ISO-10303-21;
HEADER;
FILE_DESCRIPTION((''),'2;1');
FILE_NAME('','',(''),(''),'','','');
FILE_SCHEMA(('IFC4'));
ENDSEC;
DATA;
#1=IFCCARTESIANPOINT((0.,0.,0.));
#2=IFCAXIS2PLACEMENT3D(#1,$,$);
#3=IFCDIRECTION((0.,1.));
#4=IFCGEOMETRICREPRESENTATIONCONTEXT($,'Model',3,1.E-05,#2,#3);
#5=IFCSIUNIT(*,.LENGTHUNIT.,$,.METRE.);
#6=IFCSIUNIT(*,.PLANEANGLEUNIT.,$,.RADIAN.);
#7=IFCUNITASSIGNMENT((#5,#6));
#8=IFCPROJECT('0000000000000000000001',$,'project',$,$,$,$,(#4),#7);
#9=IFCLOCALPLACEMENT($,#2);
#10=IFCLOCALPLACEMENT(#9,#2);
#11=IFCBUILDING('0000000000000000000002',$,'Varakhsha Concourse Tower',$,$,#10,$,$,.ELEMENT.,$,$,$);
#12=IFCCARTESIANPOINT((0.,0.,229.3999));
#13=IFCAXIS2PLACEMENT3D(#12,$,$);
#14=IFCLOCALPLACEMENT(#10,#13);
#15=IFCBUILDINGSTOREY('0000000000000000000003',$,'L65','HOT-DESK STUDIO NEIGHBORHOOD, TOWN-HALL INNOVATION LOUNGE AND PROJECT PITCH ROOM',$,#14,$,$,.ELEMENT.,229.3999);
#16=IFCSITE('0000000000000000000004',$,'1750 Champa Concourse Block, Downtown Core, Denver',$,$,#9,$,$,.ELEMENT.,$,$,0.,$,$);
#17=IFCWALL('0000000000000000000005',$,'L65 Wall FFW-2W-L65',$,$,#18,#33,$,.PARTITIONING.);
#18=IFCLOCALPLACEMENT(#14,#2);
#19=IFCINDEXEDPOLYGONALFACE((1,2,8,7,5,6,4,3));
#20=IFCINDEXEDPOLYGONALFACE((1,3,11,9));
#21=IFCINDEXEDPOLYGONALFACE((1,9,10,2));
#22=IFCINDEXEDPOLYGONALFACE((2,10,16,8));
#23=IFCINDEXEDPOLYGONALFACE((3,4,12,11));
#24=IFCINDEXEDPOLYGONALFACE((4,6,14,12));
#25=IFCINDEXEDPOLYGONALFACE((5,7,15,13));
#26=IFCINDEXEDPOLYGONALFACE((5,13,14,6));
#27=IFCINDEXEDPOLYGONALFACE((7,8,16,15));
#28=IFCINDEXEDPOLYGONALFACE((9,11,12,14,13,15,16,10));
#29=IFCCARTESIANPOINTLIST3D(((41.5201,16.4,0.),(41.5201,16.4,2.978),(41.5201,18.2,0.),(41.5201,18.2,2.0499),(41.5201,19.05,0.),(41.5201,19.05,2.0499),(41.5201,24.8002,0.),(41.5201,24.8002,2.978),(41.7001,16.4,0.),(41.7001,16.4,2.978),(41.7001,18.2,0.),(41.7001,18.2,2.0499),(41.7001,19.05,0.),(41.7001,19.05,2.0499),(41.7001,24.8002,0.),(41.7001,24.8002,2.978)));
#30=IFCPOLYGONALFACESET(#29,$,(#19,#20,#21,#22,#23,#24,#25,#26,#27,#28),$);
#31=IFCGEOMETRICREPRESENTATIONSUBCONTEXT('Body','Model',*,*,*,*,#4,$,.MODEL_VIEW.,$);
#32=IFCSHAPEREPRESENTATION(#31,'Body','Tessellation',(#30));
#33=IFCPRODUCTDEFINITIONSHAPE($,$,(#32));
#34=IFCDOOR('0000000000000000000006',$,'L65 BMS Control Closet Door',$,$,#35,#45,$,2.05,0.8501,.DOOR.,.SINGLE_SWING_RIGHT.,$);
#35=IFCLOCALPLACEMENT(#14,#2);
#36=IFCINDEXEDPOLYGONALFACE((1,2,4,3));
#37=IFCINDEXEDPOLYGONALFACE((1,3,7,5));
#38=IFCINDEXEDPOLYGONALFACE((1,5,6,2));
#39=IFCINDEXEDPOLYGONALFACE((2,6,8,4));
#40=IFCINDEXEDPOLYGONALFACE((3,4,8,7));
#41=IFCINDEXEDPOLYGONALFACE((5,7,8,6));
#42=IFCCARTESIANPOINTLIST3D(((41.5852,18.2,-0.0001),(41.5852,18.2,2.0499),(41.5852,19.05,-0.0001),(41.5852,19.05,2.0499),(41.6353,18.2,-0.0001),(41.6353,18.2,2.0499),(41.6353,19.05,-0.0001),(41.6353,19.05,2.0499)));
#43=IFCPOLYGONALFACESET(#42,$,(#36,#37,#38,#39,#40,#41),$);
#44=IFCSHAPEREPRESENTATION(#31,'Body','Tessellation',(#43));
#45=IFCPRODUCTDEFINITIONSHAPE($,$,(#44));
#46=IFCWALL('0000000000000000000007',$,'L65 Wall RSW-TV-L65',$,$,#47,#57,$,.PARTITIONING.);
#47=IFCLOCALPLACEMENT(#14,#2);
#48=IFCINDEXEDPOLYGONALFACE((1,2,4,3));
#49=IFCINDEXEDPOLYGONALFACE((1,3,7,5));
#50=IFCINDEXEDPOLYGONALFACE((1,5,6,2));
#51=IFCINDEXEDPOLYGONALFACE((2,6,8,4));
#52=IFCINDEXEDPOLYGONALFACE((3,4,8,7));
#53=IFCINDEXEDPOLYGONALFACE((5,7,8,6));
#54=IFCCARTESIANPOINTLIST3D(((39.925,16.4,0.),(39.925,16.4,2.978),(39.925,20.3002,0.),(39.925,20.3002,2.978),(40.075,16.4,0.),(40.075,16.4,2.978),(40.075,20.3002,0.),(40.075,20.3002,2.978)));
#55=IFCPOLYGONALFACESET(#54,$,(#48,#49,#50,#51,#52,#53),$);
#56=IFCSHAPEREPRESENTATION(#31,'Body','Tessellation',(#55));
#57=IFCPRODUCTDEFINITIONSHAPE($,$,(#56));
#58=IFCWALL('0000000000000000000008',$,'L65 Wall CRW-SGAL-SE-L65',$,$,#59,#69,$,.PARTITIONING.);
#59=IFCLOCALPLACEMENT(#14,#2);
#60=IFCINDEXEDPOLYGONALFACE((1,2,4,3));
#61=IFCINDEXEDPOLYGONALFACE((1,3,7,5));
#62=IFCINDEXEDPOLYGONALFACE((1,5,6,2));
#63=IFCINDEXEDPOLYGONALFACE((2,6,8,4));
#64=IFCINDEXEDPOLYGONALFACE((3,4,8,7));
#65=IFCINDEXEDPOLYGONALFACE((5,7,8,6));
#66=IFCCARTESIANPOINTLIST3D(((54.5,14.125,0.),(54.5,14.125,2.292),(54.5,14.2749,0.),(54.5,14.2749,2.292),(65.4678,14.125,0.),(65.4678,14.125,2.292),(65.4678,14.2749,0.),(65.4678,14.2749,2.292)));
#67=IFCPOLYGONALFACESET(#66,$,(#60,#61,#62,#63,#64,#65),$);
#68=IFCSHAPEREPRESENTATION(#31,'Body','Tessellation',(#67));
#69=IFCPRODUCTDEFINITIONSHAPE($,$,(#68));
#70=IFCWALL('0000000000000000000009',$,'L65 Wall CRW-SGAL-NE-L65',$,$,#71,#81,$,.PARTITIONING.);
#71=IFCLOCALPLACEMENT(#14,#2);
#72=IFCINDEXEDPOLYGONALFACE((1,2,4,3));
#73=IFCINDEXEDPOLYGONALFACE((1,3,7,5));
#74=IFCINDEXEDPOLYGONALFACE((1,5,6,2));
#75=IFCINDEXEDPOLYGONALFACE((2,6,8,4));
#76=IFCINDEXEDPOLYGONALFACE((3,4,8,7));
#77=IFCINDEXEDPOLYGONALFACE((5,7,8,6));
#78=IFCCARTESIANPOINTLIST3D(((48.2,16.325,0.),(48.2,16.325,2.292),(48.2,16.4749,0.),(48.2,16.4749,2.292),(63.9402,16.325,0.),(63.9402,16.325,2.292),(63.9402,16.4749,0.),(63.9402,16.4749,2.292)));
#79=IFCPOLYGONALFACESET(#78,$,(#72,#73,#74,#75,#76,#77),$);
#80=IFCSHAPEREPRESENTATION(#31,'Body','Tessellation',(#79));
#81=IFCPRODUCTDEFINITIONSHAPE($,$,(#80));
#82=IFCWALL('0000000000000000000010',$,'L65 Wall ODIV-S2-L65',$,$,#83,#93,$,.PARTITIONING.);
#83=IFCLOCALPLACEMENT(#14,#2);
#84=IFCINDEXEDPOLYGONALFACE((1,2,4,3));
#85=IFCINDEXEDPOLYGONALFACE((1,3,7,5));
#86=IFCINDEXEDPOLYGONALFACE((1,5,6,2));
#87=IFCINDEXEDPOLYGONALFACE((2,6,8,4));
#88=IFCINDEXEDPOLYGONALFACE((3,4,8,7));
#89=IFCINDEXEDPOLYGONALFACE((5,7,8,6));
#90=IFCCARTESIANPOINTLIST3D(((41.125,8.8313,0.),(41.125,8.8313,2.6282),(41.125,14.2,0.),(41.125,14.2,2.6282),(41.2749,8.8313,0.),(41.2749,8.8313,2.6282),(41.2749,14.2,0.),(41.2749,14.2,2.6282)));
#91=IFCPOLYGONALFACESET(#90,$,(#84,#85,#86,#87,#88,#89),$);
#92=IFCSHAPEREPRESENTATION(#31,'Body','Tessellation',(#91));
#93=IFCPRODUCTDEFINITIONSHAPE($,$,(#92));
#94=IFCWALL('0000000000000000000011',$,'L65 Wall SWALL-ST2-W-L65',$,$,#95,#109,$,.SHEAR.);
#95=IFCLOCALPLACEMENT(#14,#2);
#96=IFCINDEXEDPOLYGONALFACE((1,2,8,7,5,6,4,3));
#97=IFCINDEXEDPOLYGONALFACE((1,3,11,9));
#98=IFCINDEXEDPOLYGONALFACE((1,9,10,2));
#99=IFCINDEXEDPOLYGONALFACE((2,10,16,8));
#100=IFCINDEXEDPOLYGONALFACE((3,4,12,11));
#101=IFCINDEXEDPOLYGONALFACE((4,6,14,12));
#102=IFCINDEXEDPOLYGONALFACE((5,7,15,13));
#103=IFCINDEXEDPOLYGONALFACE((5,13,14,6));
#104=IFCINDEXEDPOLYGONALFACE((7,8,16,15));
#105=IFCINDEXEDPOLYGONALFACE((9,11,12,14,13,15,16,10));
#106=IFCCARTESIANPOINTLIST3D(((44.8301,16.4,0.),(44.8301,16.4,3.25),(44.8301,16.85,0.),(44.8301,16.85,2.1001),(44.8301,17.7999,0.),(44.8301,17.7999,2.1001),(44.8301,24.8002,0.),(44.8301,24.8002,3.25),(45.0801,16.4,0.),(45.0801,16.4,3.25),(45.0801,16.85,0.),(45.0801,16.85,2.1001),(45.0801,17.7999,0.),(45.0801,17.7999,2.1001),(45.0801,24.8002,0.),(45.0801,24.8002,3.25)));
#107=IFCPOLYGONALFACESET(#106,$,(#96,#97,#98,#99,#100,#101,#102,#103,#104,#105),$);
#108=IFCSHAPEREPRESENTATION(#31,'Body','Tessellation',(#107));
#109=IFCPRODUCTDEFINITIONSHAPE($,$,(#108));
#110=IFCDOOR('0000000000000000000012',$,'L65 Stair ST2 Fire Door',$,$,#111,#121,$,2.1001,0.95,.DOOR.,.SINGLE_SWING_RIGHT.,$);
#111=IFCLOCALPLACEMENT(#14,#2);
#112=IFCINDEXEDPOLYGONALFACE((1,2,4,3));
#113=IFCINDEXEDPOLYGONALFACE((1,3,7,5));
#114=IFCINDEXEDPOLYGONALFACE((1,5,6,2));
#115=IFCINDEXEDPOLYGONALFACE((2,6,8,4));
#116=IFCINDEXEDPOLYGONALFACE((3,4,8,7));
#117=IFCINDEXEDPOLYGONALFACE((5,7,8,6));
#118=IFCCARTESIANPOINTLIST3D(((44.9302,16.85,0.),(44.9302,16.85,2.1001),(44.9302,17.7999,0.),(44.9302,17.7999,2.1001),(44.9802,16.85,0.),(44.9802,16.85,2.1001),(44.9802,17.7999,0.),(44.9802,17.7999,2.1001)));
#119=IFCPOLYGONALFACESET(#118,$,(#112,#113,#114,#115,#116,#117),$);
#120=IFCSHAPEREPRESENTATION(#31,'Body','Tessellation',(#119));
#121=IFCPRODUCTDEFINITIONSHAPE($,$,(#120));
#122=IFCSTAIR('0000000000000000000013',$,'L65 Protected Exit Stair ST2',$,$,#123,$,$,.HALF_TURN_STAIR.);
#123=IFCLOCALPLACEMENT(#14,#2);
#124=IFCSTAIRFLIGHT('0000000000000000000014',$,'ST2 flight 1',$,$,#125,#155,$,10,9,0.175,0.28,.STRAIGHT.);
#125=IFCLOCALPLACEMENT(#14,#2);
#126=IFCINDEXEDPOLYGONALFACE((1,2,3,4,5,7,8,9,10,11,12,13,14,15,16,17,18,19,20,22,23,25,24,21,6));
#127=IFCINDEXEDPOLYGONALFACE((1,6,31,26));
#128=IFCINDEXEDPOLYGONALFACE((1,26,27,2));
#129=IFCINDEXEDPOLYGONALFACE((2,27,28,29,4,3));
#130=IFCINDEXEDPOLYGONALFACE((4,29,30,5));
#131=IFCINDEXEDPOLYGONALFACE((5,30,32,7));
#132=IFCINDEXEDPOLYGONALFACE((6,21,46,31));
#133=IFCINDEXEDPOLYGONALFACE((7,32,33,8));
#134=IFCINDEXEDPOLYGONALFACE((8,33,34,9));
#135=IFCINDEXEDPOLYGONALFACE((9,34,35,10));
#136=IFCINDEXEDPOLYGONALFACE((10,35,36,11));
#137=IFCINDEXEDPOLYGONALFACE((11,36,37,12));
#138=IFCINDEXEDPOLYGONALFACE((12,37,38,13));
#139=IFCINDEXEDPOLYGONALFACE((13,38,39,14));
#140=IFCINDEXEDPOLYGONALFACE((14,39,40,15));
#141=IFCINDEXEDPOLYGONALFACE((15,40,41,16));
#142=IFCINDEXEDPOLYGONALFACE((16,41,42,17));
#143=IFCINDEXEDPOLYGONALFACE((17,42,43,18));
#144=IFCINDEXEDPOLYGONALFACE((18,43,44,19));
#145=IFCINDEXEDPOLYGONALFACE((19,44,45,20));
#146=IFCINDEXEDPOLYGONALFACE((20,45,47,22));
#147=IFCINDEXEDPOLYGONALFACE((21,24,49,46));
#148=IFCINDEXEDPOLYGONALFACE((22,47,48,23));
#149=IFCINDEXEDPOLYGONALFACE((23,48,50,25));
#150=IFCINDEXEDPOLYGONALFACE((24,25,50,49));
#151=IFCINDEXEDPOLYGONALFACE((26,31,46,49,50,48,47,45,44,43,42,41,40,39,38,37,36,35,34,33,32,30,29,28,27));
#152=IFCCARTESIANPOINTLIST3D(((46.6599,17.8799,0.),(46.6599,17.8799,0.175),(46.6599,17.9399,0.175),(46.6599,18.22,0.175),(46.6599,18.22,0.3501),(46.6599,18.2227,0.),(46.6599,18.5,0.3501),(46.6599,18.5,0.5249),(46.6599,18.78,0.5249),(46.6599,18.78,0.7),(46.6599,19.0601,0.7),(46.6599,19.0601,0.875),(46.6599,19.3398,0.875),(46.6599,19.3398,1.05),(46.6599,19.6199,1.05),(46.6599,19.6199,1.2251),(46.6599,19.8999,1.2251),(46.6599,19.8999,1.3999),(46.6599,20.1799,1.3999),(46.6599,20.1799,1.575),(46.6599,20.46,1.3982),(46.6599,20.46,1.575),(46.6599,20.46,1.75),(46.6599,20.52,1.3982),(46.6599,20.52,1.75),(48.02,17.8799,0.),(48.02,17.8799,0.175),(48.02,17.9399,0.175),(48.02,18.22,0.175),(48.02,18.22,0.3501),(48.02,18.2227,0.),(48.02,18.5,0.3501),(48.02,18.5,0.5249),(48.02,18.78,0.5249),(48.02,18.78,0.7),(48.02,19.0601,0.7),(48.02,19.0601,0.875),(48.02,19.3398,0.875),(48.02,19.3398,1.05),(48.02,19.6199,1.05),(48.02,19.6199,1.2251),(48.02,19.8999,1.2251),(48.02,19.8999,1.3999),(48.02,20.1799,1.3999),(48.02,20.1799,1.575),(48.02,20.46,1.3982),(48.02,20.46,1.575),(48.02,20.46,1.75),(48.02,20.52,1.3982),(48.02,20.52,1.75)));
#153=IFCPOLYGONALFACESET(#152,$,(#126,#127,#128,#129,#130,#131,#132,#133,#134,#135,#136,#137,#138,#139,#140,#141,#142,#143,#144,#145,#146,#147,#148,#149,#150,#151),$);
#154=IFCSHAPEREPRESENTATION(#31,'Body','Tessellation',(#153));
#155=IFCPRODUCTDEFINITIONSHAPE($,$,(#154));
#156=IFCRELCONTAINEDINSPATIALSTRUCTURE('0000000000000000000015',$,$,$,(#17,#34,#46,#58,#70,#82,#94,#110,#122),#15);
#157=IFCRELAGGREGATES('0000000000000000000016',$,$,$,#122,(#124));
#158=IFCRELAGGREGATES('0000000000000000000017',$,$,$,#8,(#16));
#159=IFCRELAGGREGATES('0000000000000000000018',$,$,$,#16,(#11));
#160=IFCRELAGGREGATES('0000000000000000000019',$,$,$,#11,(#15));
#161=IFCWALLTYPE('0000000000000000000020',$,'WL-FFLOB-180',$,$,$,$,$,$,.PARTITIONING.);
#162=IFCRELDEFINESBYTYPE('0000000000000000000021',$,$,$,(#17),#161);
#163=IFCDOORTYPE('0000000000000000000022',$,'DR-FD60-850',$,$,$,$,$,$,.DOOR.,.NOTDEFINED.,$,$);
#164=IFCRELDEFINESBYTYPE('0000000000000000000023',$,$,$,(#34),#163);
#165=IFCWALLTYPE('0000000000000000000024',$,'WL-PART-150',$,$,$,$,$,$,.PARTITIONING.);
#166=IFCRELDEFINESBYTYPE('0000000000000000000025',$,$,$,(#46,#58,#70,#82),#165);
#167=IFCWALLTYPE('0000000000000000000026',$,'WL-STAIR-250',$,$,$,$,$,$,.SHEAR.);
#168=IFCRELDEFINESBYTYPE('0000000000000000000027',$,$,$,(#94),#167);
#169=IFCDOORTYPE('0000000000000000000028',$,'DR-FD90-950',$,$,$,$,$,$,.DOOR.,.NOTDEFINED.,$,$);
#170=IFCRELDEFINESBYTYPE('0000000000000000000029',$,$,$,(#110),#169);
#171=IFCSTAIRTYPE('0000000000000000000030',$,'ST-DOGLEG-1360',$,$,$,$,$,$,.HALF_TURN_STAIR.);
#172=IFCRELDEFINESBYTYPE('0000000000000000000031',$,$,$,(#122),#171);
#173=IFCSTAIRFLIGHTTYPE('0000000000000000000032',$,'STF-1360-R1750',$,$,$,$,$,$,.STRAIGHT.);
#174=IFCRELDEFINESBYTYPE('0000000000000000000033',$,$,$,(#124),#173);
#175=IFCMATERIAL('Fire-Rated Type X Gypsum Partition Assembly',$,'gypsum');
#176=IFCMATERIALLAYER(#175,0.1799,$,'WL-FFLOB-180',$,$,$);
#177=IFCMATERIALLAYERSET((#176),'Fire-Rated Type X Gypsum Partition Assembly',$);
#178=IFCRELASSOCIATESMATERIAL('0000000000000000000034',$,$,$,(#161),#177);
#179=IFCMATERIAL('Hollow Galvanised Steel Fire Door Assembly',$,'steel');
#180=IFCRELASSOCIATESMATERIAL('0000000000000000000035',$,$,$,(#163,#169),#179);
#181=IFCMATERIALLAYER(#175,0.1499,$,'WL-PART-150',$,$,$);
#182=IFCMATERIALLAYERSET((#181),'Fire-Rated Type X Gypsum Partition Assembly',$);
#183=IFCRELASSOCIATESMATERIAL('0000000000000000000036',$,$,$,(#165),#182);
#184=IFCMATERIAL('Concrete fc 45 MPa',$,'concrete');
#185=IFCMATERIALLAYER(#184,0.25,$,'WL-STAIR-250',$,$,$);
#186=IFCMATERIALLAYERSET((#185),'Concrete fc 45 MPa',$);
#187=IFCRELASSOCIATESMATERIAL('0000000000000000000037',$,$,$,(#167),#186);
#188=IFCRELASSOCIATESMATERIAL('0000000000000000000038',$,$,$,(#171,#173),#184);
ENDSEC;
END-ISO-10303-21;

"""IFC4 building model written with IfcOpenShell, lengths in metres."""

from ifc_helpers import new_model, si_unit, direction, frame, frame_2d, origin, place, context, subcontext, project, spatial, polyline, rectangle, outline, extrude, material, layer, layer_set, type_object, element, fill, aggregate, save


model = new_model("IFC4")

# Units and contexts
model_context = context("Model", 3, precision=1e-05, world=origin(), true_north=direction((0.0, 1.0)))
body_context = subcontext(model_context, "Body", "Model", "MODEL_VIEW")
ifc_project = project(units=[si_unit("LENGTHUNIT", "METRE"), si_unit("PLANEANGLEUNIT", "RADIAN")], contexts=[model_context])

# Site, building, storey
site_placement = place(None, origin())
site = spatial("IfcSite", under=ifc_project, at=site_placement, Name="1750 Champa Concourse Block, Downtown Core, Denver", CompositionType="ELEMENT", RefElevation=0.0)
building_placement = place(site_placement, origin())
building = spatial("IfcBuilding", under=site, at=building_placement, Name="Varakhsha Concourse Tower", CompositionType="ELEMENT")
storey_placement = place(building_placement, frame((0.0, 0.0, 229.3999)))
storey = spatial("IfcBuildingStorey", under=building, at=storey_placement, Name="L65", Description="HOT-DESK STUDIO NEIGHBORHOOD, TOWN-HALL INNOVATION LOUNGE AND PROJECT PITCH ROOM", CompositionType="ELEMENT", Elevation=229.3999)

# Wall, opening, door
ifc_material_1 = material(Name="Fire-Rated Type X Gypsum Partition Assembly", Category="gypsum")
ifc_layer_1 = layer(ifc_material_1, 0.1799, Name="WL-FFLOB-180")
ifc_layer_set_1 = layer_set([ifc_layer_1], Name="Fire-Rated Type X Gypsum Partition Assembly")
wall_type_1 = type_object("IfcWallType", Name="WL-FFLOB-180", PredefinedType="PARTITIONING", material=ifc_layer_set_1)
wall_1_placement = place(storey_placement, frame((41.6101, 16.3999, 0.0), z_axis=(0.0, 0.0, 1.0), x_axis=(0.0, 1.0, 0.0)))
wall_1 = element("IfcWall", 1, at=wall_1_placement, inside=storey, type_object=wall_type_1, Name="L65 Wall FFW-2W-L65", PredefinedType="PARTITIONING", context=body_context, shape_type="SweptSolid", body=[
    extrude(rectangle(XDim=8.4001, YDim=0.1799, at=frame_2d((4.2002, 0.0))), origin(), (0.0, 0.0, 1.0), 2.978),
])
opening_1_placement = place(wall_1_placement, frame((1.8, 0.0, 0.0)))
opening_1 = element("IfcOpeningElement", 2, at=opening_1_placement, cuts=wall_1, PredefinedType="OPENING", context=body_context, shape_type="SweptSolid", body=[
    extrude(rectangle(XDim=0.8501, YDim=2.05, at=frame_2d((0.425, 1.0249))), frame((0.0, 0.0999, 0.0), z_axis=(0.0, -1.0, 0.0), x_axis=(1.0, 0.0, 0.0)), (0.0, 0.0, 1.0), 0.2),
])
ifc_material_2 = material(Name="Hollow Galvanised Steel Fire Door Assembly", Category="steel")
door_type_1 = type_object("IfcDoorType", Name="DR-FD60-850", OperationType="NOTDEFINED", PredefinedType="DOOR", material=ifc_material_2)
door_1_placement = place(opening_1_placement, origin())
door_1 = element("IfcDoor", 3, at=door_1_placement, inside=storey, type_object=door_type_1, Name="L65 BMS Control Closet Door", OperationType="SINGLE_SWING_RIGHT", OverallHeight=2.05, OverallWidth=0.8501, PredefinedType="DOOR", context=body_context, shape_type="SweptSolid", body=[
    extrude(rectangle(XDim=0.8501, YDim=2.05, at=frame_2d((0.425, 1.0249))), frame((0.0, 0.0249, 0.0), z_axis=(0.0, -1.0, 0.0), x_axis=(1.0, 0.0, 0.0)), (0.0, 0.0, 1.0), 0.05),
])
fill(opening_1, door_1)

# Walls
ifc_layer_2 = layer(ifc_material_1, 0.1499, Name="WL-PART-150")
ifc_layer_set_2 = layer_set([ifc_layer_2], Name="Fire-Rated Type X Gypsum Partition Assembly")
wall_type_2 = type_object("IfcWallType", Name="WL-PART-150", PredefinedType="PARTITIONING", material=ifc_layer_set_2)
wall_2_placement = place(storey_placement, frame((40.0, 16.3999, 0.0), z_axis=(0.0, 0.0, 1.0), x_axis=(0.0, 1.0, 0.0)))
element("IfcWall", 4, at=wall_2_placement, inside=storey, type_object=wall_type_2, Name="L65 Wall RSW-TV-L65", PredefinedType="PARTITIONING", context=body_context, shape_type="SweptSolid", body=[
    extrude(rectangle(XDim=3.9001, YDim=0.1499, at=frame_2d((1.9502, 0.0))), origin(), (0.0, 0.0, 1.0), 2.978),
])
wall_3_placement = place(storey_placement, frame((54.5, 14.2, 0.0), z_axis=(0.0, 0.0, 1.0), x_axis=(1.0, 0.0, 0.0)))
element("IfcWall", 5, at=wall_3_placement, inside=storey, type_object=wall_type_2, Name="L65 Wall CRW-SGAL-SE-L65", PredefinedType="PARTITIONING", context=body_context, shape_type="SweptSolid", body=[
    extrude(rectangle(XDim=10.9678, YDim=0.1499, at=frame_2d((5.4839, 0.0))), origin(), (0.0, 0.0, 1.0), 2.292),
])
wall_4_placement = place(storey_placement, frame((48.2, 16.3999, 0.0), z_axis=(0.0, 0.0, 1.0), x_axis=(1.0, 0.0, 0.0)))
element("IfcWall", 6, at=wall_4_placement, inside=storey, type_object=wall_type_2, Name="L65 Wall CRW-SGAL-NE-L65", PredefinedType="PARTITIONING", context=body_context, shape_type="SweptSolid", body=[
    extrude(rectangle(XDim=15.7402, YDim=0.1499, at=frame_2d((7.8701, 0.0))), origin(), (0.0, 0.0, 1.0), 2.292),
])
wall_5_placement = place(storey_placement, frame((41.2, 8.8313, 0.0), z_axis=(0.0, 0.0, 1.0), x_axis=(0.0, 1.0, 0.0)))
element("IfcWall", 7, at=wall_5_placement, inside=storey, type_object=wall_type_2, Name="L65 Wall ODIV-S2-L65", PredefinedType="PARTITIONING", context=body_context, shape_type="SweptSolid", body=[
    extrude(rectangle(XDim=5.3687, YDim=0.1499, at=frame_2d((2.6843, 0.0))), origin(), (0.0, 0.0, 1.0), 2.6282),
])

# Wall, opening, door
ifc_material_3 = material(Name="Concrete fc 45 MPa", Category="concrete")
ifc_layer_3 = layer(ifc_material_3, 0.25, Name="WL-STAIR-250")
ifc_layer_set_3 = layer_set([ifc_layer_3], Name="Concrete fc 45 MPa")
wall_type_3 = type_object("IfcWallType", Name="WL-STAIR-250", PredefinedType="SHEAR", material=ifc_layer_set_3)
wall_6_placement = place(storey_placement, frame((44.9551, 16.3999, 0.0), z_axis=(0.0, 0.0, 1.0), x_axis=(0.0, 1.0, 0.0)))
wall_6 = element("IfcWall", 8, at=wall_6_placement, inside=storey, type_object=wall_type_3, Name="L65 Wall SWALL-ST2-W-L65", PredefinedType="SHEAR", context=body_context, shape_type="SweptSolid", body=[
    extrude(rectangle(XDim=8.4001, YDim=0.25, at=frame_2d((4.2002, 0.0))), origin(), (0.0, 0.0, 1.0), 3.25),
])
opening_2_placement = place(wall_6_placement, frame((0.45, 0.0, 0.0)))
opening_2 = element("IfcOpeningElement", 9, at=opening_2_placement, cuts=wall_6, PredefinedType="OPENING", context=body_context, shape_type="SweptSolid", body=[
    extrude(rectangle(XDim=0.95, YDim=2.1001, at=frame_2d((0.4751, 1.05))), frame((0.0, 0.135, 0.0), z_axis=(0.0, -1.0, 0.0), x_axis=(1.0, 0.0, 0.0)), (0.0, 0.0, 1.0), 0.27),
])
door_type_2 = type_object("IfcDoorType", Name="DR-FD90-950", OperationType="NOTDEFINED", PredefinedType="DOOR", material=ifc_material_2)
door_2_placement = place(opening_2_placement, origin())
door_2 = element("IfcDoor", 10, at=door_2_placement, inside=storey, type_object=door_type_2, Name="L65 Stair ST2 Fire Door", OperationType="SINGLE_SWING_RIGHT", OverallHeight=2.1001, OverallWidth=0.95, PredefinedType="DOOR", context=body_context, shape_type="SweptSolid", body=[
    extrude(rectangle(XDim=0.95, YDim=2.1001, at=frame_2d((0.4751, 1.05))), frame((0.0, 0.0249, 0.0), z_axis=(0.0, -1.0, 0.0), x_axis=(1.0, 0.0, 0.0)), (0.0, 0.0, 1.0), 0.05),
])
fill(opening_2, door_2)

# Stair, stair flight
stair_type = type_object("IfcStairType", Name="ST-DOGLEG-1360", PredefinedType="HALF_TURN_STAIR", material=ifc_material_3)
stair_placement = place(storey_placement, origin())
stair = element("IfcStair", 11, at=stair_placement, inside=storey, type_object=stair_type, Name="L65 Protected Exit Stair ST2", PredefinedType="HALF_TURN_STAIR")
stair_flight_type = type_object("IfcStairFlightType", Name="STF-1360-R1750", PredefinedType="STRAIGHT", material=ifc_material_3)
stair_flight_1_placement = place(storey_placement, frame((47.3401, 17.9399, 0.0), z_axis=(0.0, 0.0, 1.0), x_axis=(0.0, 1.0, 0.0)))
stair_flight_1 = element("IfcStairFlight", 12, at=stair_flight_1_placement, type_object=stair_flight_type, Name="ST2 flight 1", NumberOfRisers=10, NumberOfTreads=9, PredefinedType="STRAIGHT", RiserHeight=0.175, TreadLength=0.28, context=body_context, shape_type="SweptSolid", body=[
    extrude(outline(polyline([(-0.0601, 0.0), (-0.0601, 0.175), (0.0, 0.175), (0.28, 0.175), (0.28, 0.3501), (0.5601, 0.3501), (0.5601, 0.5249), (0.8401, 0.5249), (0.8401, 0.7), (1.1201, 0.7), (1.1201, 0.875), (1.3999, 0.875), (1.3999, 1.05), (1.6799, 1.05), (1.6799, 1.2251), (1.96, 1.2251), (1.96, 1.3999), (2.24, 1.3999), (2.24, 1.575), (2.52, 1.575), (2.52, 1.75), (2.5801, 1.75), (2.5801, 1.3982), (2.52, 1.3982), (0.2827, 0.0), (-0.0601, 0.0)])), frame((0.0, 0.6802, 0.0), z_axis=(0.0, -1.0, 0.0), x_axis=(1.0, 0.0, 0.0)), (0.0, 0.0, 1.0), 1.3601),
])
aggregate(stair, [stair_flight_1])

save(model, "model.ifc")
